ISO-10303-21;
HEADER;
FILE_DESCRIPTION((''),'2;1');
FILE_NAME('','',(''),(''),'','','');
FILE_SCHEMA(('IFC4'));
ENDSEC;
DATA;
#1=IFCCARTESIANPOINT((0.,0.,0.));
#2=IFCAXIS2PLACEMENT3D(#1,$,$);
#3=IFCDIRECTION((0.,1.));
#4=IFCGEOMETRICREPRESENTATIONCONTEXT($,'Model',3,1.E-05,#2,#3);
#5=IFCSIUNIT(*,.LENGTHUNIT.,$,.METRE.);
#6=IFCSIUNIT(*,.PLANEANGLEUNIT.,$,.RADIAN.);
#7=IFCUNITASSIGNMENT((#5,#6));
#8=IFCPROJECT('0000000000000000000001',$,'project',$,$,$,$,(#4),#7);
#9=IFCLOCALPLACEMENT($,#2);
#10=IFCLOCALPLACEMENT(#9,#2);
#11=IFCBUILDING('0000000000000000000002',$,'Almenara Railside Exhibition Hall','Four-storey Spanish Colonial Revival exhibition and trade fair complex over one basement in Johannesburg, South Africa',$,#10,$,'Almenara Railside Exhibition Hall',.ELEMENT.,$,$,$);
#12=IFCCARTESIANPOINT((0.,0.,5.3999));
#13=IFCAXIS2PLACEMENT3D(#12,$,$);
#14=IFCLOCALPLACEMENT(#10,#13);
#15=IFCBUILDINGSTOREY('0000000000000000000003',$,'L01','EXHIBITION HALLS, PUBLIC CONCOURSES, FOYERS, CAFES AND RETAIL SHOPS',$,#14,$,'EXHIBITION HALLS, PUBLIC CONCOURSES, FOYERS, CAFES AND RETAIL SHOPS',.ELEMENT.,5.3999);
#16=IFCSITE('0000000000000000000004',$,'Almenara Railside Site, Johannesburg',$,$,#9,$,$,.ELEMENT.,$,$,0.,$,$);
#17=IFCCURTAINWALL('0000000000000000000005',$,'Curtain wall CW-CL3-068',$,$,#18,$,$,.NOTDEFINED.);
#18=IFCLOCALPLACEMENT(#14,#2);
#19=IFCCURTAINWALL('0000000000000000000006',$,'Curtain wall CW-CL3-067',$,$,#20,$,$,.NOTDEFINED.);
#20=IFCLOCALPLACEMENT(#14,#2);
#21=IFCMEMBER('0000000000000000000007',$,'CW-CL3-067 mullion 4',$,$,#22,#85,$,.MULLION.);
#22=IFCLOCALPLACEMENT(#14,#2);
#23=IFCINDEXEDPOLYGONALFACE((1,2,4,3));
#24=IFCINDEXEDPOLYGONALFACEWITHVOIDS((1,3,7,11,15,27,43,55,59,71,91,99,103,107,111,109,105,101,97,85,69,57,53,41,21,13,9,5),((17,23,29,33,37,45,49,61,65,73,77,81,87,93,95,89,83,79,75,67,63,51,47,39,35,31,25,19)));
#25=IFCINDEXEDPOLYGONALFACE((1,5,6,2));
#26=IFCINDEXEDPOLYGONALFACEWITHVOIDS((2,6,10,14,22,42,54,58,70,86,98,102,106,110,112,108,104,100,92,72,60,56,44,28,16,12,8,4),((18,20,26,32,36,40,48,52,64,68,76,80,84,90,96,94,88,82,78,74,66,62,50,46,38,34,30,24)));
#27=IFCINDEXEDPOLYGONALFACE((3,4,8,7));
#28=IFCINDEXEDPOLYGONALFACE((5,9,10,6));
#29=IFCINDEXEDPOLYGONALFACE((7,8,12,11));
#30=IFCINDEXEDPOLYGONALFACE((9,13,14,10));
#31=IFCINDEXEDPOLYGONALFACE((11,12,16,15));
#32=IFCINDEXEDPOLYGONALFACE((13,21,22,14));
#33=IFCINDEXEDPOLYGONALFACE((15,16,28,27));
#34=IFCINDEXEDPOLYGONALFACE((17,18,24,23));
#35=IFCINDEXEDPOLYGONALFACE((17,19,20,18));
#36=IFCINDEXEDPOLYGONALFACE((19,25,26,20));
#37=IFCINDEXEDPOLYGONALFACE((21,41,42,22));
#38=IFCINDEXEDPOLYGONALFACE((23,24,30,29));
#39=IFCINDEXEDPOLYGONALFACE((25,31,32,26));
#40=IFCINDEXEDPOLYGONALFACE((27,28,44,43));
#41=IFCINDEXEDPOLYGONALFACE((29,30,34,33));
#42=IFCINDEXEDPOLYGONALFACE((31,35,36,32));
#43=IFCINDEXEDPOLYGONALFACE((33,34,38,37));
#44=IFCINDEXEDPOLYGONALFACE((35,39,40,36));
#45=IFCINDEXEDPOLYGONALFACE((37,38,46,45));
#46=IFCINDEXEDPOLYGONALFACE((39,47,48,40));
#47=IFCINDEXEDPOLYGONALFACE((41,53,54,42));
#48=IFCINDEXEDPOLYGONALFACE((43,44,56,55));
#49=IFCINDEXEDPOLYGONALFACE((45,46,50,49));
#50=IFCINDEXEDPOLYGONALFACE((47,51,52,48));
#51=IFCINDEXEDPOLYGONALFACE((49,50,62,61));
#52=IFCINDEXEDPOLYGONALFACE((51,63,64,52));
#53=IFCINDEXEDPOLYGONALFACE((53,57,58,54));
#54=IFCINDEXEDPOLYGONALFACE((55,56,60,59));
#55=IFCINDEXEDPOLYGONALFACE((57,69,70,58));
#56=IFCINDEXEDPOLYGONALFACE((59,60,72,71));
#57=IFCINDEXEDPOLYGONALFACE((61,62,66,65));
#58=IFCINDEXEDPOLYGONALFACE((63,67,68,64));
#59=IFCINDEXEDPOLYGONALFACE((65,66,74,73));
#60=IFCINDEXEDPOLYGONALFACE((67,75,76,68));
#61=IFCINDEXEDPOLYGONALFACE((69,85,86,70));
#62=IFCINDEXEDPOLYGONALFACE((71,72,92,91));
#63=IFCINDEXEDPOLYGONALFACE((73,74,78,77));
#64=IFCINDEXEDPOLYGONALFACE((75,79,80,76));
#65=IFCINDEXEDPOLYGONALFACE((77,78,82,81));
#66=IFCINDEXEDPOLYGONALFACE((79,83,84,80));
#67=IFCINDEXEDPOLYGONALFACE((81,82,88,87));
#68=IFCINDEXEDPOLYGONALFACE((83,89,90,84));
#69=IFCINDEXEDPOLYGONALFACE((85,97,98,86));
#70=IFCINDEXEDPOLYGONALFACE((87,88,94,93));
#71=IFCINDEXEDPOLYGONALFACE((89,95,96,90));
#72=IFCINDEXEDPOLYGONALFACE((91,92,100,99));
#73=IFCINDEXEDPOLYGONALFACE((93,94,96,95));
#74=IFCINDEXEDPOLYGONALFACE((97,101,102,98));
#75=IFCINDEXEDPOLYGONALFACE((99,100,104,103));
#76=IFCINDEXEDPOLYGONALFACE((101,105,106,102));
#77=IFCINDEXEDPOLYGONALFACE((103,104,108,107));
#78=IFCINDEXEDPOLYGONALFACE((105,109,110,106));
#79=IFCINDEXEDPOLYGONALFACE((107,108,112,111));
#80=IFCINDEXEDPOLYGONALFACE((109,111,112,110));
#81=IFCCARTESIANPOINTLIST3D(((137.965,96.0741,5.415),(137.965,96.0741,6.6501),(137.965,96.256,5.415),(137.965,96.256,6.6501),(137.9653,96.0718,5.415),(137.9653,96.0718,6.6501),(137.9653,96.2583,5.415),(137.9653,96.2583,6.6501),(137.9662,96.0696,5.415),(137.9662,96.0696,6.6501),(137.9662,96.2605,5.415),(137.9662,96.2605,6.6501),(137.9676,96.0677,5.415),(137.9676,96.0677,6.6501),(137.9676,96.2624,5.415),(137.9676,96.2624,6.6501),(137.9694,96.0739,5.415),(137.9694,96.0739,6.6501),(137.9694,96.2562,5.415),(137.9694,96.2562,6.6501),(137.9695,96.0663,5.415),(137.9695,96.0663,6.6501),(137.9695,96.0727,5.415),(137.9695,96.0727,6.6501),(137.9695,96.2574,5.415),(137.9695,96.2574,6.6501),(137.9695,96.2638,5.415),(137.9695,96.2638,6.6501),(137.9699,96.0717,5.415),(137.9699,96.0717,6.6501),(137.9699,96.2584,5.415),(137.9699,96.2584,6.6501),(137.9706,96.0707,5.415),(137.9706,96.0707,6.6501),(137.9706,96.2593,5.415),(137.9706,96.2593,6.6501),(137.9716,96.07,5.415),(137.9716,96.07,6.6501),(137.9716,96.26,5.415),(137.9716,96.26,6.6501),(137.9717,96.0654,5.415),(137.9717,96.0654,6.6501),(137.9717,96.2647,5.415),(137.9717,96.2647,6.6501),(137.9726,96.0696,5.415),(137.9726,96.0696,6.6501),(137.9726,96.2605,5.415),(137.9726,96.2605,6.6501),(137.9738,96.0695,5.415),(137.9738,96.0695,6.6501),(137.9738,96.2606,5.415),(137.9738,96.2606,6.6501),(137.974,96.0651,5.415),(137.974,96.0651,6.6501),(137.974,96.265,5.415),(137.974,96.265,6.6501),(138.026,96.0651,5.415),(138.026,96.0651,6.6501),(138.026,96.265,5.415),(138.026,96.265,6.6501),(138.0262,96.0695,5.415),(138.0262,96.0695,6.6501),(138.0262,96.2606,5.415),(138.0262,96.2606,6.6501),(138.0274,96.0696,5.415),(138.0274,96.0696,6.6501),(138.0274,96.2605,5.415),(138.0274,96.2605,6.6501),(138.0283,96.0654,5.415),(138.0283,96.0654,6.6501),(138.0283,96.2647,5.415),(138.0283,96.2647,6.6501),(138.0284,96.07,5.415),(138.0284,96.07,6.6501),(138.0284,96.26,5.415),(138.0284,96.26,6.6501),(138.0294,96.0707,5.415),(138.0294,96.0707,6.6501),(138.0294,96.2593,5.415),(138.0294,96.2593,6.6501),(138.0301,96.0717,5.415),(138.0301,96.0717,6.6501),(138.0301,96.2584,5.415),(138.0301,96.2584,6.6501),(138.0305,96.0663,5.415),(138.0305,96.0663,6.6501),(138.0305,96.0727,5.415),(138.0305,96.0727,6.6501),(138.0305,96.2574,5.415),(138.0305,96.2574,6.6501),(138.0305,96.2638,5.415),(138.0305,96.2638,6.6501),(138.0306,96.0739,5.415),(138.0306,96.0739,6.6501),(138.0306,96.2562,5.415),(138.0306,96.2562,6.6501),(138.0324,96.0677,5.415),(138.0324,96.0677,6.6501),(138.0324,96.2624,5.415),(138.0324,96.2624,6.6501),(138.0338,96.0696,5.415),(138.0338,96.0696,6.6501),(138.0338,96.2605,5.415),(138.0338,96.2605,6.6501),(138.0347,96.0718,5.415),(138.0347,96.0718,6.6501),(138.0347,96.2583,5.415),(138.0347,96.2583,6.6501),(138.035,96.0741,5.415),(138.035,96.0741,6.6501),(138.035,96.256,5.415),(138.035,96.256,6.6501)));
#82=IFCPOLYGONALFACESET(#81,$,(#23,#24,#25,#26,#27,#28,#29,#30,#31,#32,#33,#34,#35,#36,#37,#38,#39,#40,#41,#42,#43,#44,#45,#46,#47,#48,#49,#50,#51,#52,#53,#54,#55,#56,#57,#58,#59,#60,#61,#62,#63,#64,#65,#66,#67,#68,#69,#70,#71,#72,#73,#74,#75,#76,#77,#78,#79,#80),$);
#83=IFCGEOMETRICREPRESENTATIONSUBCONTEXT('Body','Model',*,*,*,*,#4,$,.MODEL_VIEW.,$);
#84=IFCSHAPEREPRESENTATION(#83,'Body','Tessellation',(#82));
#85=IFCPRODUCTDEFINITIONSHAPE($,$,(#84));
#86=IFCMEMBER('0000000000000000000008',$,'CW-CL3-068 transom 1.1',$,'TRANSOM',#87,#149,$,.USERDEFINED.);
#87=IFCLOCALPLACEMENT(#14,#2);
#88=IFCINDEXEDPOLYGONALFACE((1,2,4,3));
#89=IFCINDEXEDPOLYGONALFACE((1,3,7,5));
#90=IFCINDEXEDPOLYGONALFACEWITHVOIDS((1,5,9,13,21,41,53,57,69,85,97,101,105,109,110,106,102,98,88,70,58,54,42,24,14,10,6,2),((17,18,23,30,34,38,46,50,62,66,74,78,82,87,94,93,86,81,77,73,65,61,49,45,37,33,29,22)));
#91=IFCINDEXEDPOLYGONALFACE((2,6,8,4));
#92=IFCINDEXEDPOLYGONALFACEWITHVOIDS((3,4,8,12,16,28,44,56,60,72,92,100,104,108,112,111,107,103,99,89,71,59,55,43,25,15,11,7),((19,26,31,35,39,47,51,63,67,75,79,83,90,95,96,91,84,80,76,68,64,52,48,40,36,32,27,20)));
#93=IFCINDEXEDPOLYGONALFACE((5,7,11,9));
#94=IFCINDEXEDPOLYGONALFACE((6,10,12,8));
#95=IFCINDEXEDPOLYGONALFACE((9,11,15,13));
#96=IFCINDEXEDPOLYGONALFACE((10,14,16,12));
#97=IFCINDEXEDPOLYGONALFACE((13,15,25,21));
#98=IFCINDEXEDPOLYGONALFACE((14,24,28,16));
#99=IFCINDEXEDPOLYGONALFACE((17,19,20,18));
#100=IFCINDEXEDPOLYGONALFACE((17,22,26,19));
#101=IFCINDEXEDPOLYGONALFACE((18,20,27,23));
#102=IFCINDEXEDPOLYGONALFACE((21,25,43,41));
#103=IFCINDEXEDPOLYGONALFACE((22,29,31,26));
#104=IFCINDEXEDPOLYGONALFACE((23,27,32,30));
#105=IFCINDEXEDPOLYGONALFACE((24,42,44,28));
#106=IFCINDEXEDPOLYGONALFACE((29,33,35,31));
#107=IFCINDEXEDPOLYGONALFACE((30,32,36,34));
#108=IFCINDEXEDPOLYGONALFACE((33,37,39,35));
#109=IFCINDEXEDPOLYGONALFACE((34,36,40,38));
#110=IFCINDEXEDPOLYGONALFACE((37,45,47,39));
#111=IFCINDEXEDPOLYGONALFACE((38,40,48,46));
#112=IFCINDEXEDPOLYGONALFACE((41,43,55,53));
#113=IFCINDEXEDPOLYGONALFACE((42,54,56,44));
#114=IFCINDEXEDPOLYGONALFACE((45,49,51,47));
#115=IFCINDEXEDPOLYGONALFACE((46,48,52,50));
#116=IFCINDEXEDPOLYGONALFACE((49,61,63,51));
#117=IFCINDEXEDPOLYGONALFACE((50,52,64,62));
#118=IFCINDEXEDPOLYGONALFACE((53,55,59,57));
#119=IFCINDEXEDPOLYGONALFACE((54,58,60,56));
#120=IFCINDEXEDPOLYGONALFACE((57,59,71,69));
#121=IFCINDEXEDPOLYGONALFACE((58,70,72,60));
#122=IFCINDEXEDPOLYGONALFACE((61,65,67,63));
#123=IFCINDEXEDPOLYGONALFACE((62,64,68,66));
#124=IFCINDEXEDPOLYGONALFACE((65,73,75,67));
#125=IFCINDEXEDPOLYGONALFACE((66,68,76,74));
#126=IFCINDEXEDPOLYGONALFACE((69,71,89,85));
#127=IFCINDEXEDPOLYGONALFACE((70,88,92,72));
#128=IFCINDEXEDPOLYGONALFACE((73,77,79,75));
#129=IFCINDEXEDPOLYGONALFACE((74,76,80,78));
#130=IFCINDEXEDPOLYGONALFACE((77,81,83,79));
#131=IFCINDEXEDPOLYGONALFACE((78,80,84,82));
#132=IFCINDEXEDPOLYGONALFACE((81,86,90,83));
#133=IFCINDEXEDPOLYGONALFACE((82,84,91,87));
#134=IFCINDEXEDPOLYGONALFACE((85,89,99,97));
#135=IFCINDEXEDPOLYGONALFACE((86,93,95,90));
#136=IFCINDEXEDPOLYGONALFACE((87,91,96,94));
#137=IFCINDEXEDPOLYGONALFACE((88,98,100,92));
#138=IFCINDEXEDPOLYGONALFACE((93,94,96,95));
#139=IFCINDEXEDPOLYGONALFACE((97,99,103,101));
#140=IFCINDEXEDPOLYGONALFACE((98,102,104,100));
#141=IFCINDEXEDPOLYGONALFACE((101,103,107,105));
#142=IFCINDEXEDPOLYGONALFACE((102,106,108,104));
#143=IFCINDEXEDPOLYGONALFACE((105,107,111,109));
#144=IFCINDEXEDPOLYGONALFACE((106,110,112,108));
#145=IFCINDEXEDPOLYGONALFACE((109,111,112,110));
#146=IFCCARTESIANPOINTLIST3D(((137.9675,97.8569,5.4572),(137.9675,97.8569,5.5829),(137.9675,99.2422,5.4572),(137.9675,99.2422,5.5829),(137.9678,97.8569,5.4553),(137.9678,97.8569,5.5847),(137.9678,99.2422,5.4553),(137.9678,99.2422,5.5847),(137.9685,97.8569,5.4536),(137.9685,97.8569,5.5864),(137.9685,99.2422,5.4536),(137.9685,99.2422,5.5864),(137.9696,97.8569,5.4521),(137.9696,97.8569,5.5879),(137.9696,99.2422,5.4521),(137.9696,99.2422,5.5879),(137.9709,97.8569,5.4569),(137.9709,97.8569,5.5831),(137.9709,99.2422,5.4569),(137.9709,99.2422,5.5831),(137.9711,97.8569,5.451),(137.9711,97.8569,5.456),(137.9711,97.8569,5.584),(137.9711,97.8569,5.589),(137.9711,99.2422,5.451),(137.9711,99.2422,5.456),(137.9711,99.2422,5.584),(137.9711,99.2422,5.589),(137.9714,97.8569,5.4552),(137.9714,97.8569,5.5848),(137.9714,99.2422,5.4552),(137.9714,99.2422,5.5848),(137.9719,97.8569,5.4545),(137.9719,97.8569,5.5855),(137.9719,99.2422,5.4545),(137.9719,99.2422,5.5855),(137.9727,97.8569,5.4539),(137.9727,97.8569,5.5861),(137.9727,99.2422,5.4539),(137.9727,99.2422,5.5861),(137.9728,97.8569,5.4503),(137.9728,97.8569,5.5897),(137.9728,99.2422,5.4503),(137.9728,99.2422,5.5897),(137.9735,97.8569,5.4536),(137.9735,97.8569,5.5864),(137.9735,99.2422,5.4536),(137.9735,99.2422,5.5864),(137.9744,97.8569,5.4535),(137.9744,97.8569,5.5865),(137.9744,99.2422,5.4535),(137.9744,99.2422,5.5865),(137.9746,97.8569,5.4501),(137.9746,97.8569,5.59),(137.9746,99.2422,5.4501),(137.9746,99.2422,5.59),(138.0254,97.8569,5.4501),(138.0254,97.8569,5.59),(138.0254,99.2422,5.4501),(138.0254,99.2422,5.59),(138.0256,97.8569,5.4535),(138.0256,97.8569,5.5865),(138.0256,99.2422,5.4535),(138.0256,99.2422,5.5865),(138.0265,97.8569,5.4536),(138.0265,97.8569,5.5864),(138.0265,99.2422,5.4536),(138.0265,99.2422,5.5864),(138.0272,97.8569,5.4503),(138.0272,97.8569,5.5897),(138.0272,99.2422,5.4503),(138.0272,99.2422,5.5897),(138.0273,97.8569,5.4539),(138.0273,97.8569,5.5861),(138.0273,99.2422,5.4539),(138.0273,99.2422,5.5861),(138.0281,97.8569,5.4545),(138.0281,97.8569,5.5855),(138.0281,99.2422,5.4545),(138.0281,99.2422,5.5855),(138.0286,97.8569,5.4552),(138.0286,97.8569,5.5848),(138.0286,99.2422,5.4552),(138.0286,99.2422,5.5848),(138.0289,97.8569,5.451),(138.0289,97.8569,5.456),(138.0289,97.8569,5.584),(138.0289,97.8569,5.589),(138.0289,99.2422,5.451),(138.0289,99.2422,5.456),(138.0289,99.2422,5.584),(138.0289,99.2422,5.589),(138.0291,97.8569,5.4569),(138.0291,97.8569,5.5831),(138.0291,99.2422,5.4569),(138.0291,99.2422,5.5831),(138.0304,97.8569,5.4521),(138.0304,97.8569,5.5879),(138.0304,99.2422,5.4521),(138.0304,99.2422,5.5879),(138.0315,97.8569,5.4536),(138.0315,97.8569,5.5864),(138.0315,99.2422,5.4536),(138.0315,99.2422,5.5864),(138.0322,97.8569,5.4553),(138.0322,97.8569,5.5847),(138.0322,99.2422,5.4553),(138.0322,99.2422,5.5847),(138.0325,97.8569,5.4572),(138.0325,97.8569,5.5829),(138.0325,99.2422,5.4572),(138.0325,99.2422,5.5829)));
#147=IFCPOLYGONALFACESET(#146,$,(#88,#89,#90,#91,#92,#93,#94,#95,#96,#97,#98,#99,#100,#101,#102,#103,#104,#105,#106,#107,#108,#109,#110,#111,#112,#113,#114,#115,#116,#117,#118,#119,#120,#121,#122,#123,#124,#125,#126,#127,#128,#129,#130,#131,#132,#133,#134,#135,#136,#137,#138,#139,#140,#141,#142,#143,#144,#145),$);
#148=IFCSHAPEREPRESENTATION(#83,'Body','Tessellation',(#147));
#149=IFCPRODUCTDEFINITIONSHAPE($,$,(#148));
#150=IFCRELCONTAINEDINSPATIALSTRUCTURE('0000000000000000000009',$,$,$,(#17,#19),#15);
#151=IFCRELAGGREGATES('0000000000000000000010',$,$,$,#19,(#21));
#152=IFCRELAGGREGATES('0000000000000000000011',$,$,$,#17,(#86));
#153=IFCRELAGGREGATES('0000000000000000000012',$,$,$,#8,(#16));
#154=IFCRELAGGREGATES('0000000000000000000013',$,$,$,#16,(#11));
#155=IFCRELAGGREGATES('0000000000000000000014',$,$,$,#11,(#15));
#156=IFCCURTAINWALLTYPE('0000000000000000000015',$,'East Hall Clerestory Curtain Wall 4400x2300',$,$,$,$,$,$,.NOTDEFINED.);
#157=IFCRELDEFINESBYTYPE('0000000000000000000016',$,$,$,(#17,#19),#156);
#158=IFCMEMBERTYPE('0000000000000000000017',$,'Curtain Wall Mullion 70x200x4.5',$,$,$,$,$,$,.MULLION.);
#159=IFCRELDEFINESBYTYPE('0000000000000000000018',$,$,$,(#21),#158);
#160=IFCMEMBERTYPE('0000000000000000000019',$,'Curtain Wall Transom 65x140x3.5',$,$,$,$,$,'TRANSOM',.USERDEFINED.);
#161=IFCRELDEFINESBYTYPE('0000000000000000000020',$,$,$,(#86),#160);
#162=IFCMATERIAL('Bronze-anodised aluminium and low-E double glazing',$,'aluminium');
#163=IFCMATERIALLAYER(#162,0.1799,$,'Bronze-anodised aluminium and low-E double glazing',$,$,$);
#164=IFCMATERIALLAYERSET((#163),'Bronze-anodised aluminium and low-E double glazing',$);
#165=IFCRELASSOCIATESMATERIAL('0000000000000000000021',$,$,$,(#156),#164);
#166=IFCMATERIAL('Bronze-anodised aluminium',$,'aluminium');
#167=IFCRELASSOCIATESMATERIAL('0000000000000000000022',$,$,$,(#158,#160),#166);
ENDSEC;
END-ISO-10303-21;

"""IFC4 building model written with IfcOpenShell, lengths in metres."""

from ifc_helpers import new_model, si_unit, direction, frame, origin, origin_2d, place, context, subcontext, project, spatial, hollow_rectangle, extrude, material, layer, layer_set, material_profile, profile_set, type_object, element, aggregate, save


model = new_model("IFC4")

# Units and contexts
model_context = context("Model", 3, precision=1e-05, world=origin(), true_north=direction((0.0, 1.0)))
body_context = subcontext(model_context, "Body", "Model", "MODEL_VIEW")
ifc_project = project(units=[si_unit("LENGTHUNIT", "METRE"), si_unit("PLANEANGLEUNIT", "RADIAN")], contexts=[model_context])

# Site, building, storey
site_placement = place(None, origin())
site = spatial("IfcSite", under=ifc_project, at=site_placement, Name="Almenara Railside Site, Johannesburg", CompositionType="ELEMENT", RefElevation=0.0)
building_placement = place(site_placement, origin())
building = spatial("IfcBuilding", under=site, at=building_placement, Name="Almenara Railside Exhibition Hall", Description="Four-storey Spanish Colonial Revival exhibition and trade fair complex over one basement in Johannesburg, South Africa", LongName="Almenara Railside Exhibition Hall", CompositionType="ELEMENT")
storey_placement = place(building_placement, frame((0.0, 0.0, 5.3999)))
storey = spatial("IfcBuildingStorey", under=building, at=storey_placement, Name="L01", Description="EXHIBITION HALLS, PUBLIC CONCOURSES, FOYERS, CAFES AND RETAIL SHOPS", LongName="EXHIBITION HALLS, PUBLIC CONCOURSES, FOYERS, CAFES AND RETAIL SHOPS", CompositionType="ELEMENT", Elevation=5.3999)

# Curtain wall
ifc_material_1 = material(Name="Bronze-anodised aluminium and low-E double glazing", Category="aluminium")
ifc_layer_1 = layer(ifc_material_1, 0.1799, Name="Bronze-anodised aluminium and low-E double glazing")
ifc_layer_set_1 = layer_set([ifc_layer_1], Name="Bronze-anodised aluminium and low-E double glazing")
curtain_wall_type = type_object("IfcCurtainWallType", Name="East Hall Clerestory Curtain Wall 4400x2300", PredefinedType="NOTDEFINED", material=ifc_layer_set_1)
curtain_wall_1_placement = place(storey_placement, origin())
curtain_wall_1 = element("IfcCurtainWall", 1, at=curtain_wall_1_placement, inside=storey, type_object=curtain_wall_type, Name="Curtain wall CW-CL3-068", PredefinedType="NOTDEFINED")
ifc_material_2 = material(Name="Bronze-anodised aluminium", Category="aluminium")

# Curtain wall, member
curtain_wall_2_placement = place(storey_placement, origin())
curtain_wall_2 = element("IfcCurtainWall", 2, at=curtain_wall_2_placement, inside=storey, type_object=curtain_wall_type, Name="Curtain wall CW-CL3-067", PredefinedType="NOTDEFINED")
ifc_material_profile_1 = material_profile(ifc_material_2, hollow_rectangle(XDim=0.0701, YDim=0.2, WallThickness=0.0044, InnerFilletRadius=0.0044, OuterFilletRadius=0.009, at=origin_2d()), Name="ALU-MUL 70x200x4.5")
ifc_profile_set_1 = profile_set([ifc_material_profile_1], Name="Bronze-anodised aluminium")
member_type_1 = type_object("IfcMemberType", Name="Curtain Wall Mullion 70x200x4.5", PredefinedType="MULLION", material=ifc_profile_set_1)
member_1_placement = place(storey_placement, frame((138.0, 96.165, 5.415), z_axis=(0.0, 0.0, 1.0), x_axis=(-1.0, 0.0, 0.0)))
member_1 = element("IfcMember", 3, at=member_1_placement, type_object=member_type_1, Name="CW-CL3-067 mullion 4", PredefinedType="MULLION", context=body_context, shape_type="SweptSolid", body=[
    extrude(hollow_rectangle(XDim=0.0701, YDim=0.2, WallThickness=0.0044, InnerFilletRadius=0.0044, OuterFilletRadius=0.009, at=origin_2d()), origin(), (0.0, 0.0, 1.0), 1.2351),
])

# Member
ifc_material_profile_2 = material_profile(ifc_material_2, hollow_rectangle(XDim=0.0649, YDim=0.1399, WallThickness=0.0034, InnerFilletRadius=0.0034, OuterFilletRadius=0.0071, at=origin_2d()), Name="ALU-TRN 65x140x3.5")
ifc_profile_set_2 = profile_set([ifc_material_profile_2], Name="Bronze-anodised aluminium")
member_type_2 = type_object("IfcMemberType", Name="Curtain Wall Transom 65x140x3.5", ElementType="TRANSOM", PredefinedType="USERDEFINED", material=ifc_profile_set_2)
member_2_placement = place(storey_placement, frame((138.0, 97.8569, 5.52), z_axis=(0.0, 1.0, 0.0), x_axis=(-1.0, 0.0, 0.0)))
member_2 = element("IfcMember", 4, at=member_2_placement, type_object=member_type_2, Name="CW-CL3-068 transom 1.1", ObjectType="TRANSOM", PredefinedType="USERDEFINED", context=body_context, shape_type="SweptSolid", body=[
    extrude(hollow_rectangle(XDim=0.0649, YDim=0.1399, WallThickness=0.0034, InnerFilletRadius=0.0034, OuterFilletRadius=0.0071, at=origin_2d()), origin(), (0.0, 0.0, 1.0), 1.3853),
])

aggregate(curtain_wall_2, [member_1])
aggregate(curtain_wall_1, [member_2])

save(model, "model.ifc")
